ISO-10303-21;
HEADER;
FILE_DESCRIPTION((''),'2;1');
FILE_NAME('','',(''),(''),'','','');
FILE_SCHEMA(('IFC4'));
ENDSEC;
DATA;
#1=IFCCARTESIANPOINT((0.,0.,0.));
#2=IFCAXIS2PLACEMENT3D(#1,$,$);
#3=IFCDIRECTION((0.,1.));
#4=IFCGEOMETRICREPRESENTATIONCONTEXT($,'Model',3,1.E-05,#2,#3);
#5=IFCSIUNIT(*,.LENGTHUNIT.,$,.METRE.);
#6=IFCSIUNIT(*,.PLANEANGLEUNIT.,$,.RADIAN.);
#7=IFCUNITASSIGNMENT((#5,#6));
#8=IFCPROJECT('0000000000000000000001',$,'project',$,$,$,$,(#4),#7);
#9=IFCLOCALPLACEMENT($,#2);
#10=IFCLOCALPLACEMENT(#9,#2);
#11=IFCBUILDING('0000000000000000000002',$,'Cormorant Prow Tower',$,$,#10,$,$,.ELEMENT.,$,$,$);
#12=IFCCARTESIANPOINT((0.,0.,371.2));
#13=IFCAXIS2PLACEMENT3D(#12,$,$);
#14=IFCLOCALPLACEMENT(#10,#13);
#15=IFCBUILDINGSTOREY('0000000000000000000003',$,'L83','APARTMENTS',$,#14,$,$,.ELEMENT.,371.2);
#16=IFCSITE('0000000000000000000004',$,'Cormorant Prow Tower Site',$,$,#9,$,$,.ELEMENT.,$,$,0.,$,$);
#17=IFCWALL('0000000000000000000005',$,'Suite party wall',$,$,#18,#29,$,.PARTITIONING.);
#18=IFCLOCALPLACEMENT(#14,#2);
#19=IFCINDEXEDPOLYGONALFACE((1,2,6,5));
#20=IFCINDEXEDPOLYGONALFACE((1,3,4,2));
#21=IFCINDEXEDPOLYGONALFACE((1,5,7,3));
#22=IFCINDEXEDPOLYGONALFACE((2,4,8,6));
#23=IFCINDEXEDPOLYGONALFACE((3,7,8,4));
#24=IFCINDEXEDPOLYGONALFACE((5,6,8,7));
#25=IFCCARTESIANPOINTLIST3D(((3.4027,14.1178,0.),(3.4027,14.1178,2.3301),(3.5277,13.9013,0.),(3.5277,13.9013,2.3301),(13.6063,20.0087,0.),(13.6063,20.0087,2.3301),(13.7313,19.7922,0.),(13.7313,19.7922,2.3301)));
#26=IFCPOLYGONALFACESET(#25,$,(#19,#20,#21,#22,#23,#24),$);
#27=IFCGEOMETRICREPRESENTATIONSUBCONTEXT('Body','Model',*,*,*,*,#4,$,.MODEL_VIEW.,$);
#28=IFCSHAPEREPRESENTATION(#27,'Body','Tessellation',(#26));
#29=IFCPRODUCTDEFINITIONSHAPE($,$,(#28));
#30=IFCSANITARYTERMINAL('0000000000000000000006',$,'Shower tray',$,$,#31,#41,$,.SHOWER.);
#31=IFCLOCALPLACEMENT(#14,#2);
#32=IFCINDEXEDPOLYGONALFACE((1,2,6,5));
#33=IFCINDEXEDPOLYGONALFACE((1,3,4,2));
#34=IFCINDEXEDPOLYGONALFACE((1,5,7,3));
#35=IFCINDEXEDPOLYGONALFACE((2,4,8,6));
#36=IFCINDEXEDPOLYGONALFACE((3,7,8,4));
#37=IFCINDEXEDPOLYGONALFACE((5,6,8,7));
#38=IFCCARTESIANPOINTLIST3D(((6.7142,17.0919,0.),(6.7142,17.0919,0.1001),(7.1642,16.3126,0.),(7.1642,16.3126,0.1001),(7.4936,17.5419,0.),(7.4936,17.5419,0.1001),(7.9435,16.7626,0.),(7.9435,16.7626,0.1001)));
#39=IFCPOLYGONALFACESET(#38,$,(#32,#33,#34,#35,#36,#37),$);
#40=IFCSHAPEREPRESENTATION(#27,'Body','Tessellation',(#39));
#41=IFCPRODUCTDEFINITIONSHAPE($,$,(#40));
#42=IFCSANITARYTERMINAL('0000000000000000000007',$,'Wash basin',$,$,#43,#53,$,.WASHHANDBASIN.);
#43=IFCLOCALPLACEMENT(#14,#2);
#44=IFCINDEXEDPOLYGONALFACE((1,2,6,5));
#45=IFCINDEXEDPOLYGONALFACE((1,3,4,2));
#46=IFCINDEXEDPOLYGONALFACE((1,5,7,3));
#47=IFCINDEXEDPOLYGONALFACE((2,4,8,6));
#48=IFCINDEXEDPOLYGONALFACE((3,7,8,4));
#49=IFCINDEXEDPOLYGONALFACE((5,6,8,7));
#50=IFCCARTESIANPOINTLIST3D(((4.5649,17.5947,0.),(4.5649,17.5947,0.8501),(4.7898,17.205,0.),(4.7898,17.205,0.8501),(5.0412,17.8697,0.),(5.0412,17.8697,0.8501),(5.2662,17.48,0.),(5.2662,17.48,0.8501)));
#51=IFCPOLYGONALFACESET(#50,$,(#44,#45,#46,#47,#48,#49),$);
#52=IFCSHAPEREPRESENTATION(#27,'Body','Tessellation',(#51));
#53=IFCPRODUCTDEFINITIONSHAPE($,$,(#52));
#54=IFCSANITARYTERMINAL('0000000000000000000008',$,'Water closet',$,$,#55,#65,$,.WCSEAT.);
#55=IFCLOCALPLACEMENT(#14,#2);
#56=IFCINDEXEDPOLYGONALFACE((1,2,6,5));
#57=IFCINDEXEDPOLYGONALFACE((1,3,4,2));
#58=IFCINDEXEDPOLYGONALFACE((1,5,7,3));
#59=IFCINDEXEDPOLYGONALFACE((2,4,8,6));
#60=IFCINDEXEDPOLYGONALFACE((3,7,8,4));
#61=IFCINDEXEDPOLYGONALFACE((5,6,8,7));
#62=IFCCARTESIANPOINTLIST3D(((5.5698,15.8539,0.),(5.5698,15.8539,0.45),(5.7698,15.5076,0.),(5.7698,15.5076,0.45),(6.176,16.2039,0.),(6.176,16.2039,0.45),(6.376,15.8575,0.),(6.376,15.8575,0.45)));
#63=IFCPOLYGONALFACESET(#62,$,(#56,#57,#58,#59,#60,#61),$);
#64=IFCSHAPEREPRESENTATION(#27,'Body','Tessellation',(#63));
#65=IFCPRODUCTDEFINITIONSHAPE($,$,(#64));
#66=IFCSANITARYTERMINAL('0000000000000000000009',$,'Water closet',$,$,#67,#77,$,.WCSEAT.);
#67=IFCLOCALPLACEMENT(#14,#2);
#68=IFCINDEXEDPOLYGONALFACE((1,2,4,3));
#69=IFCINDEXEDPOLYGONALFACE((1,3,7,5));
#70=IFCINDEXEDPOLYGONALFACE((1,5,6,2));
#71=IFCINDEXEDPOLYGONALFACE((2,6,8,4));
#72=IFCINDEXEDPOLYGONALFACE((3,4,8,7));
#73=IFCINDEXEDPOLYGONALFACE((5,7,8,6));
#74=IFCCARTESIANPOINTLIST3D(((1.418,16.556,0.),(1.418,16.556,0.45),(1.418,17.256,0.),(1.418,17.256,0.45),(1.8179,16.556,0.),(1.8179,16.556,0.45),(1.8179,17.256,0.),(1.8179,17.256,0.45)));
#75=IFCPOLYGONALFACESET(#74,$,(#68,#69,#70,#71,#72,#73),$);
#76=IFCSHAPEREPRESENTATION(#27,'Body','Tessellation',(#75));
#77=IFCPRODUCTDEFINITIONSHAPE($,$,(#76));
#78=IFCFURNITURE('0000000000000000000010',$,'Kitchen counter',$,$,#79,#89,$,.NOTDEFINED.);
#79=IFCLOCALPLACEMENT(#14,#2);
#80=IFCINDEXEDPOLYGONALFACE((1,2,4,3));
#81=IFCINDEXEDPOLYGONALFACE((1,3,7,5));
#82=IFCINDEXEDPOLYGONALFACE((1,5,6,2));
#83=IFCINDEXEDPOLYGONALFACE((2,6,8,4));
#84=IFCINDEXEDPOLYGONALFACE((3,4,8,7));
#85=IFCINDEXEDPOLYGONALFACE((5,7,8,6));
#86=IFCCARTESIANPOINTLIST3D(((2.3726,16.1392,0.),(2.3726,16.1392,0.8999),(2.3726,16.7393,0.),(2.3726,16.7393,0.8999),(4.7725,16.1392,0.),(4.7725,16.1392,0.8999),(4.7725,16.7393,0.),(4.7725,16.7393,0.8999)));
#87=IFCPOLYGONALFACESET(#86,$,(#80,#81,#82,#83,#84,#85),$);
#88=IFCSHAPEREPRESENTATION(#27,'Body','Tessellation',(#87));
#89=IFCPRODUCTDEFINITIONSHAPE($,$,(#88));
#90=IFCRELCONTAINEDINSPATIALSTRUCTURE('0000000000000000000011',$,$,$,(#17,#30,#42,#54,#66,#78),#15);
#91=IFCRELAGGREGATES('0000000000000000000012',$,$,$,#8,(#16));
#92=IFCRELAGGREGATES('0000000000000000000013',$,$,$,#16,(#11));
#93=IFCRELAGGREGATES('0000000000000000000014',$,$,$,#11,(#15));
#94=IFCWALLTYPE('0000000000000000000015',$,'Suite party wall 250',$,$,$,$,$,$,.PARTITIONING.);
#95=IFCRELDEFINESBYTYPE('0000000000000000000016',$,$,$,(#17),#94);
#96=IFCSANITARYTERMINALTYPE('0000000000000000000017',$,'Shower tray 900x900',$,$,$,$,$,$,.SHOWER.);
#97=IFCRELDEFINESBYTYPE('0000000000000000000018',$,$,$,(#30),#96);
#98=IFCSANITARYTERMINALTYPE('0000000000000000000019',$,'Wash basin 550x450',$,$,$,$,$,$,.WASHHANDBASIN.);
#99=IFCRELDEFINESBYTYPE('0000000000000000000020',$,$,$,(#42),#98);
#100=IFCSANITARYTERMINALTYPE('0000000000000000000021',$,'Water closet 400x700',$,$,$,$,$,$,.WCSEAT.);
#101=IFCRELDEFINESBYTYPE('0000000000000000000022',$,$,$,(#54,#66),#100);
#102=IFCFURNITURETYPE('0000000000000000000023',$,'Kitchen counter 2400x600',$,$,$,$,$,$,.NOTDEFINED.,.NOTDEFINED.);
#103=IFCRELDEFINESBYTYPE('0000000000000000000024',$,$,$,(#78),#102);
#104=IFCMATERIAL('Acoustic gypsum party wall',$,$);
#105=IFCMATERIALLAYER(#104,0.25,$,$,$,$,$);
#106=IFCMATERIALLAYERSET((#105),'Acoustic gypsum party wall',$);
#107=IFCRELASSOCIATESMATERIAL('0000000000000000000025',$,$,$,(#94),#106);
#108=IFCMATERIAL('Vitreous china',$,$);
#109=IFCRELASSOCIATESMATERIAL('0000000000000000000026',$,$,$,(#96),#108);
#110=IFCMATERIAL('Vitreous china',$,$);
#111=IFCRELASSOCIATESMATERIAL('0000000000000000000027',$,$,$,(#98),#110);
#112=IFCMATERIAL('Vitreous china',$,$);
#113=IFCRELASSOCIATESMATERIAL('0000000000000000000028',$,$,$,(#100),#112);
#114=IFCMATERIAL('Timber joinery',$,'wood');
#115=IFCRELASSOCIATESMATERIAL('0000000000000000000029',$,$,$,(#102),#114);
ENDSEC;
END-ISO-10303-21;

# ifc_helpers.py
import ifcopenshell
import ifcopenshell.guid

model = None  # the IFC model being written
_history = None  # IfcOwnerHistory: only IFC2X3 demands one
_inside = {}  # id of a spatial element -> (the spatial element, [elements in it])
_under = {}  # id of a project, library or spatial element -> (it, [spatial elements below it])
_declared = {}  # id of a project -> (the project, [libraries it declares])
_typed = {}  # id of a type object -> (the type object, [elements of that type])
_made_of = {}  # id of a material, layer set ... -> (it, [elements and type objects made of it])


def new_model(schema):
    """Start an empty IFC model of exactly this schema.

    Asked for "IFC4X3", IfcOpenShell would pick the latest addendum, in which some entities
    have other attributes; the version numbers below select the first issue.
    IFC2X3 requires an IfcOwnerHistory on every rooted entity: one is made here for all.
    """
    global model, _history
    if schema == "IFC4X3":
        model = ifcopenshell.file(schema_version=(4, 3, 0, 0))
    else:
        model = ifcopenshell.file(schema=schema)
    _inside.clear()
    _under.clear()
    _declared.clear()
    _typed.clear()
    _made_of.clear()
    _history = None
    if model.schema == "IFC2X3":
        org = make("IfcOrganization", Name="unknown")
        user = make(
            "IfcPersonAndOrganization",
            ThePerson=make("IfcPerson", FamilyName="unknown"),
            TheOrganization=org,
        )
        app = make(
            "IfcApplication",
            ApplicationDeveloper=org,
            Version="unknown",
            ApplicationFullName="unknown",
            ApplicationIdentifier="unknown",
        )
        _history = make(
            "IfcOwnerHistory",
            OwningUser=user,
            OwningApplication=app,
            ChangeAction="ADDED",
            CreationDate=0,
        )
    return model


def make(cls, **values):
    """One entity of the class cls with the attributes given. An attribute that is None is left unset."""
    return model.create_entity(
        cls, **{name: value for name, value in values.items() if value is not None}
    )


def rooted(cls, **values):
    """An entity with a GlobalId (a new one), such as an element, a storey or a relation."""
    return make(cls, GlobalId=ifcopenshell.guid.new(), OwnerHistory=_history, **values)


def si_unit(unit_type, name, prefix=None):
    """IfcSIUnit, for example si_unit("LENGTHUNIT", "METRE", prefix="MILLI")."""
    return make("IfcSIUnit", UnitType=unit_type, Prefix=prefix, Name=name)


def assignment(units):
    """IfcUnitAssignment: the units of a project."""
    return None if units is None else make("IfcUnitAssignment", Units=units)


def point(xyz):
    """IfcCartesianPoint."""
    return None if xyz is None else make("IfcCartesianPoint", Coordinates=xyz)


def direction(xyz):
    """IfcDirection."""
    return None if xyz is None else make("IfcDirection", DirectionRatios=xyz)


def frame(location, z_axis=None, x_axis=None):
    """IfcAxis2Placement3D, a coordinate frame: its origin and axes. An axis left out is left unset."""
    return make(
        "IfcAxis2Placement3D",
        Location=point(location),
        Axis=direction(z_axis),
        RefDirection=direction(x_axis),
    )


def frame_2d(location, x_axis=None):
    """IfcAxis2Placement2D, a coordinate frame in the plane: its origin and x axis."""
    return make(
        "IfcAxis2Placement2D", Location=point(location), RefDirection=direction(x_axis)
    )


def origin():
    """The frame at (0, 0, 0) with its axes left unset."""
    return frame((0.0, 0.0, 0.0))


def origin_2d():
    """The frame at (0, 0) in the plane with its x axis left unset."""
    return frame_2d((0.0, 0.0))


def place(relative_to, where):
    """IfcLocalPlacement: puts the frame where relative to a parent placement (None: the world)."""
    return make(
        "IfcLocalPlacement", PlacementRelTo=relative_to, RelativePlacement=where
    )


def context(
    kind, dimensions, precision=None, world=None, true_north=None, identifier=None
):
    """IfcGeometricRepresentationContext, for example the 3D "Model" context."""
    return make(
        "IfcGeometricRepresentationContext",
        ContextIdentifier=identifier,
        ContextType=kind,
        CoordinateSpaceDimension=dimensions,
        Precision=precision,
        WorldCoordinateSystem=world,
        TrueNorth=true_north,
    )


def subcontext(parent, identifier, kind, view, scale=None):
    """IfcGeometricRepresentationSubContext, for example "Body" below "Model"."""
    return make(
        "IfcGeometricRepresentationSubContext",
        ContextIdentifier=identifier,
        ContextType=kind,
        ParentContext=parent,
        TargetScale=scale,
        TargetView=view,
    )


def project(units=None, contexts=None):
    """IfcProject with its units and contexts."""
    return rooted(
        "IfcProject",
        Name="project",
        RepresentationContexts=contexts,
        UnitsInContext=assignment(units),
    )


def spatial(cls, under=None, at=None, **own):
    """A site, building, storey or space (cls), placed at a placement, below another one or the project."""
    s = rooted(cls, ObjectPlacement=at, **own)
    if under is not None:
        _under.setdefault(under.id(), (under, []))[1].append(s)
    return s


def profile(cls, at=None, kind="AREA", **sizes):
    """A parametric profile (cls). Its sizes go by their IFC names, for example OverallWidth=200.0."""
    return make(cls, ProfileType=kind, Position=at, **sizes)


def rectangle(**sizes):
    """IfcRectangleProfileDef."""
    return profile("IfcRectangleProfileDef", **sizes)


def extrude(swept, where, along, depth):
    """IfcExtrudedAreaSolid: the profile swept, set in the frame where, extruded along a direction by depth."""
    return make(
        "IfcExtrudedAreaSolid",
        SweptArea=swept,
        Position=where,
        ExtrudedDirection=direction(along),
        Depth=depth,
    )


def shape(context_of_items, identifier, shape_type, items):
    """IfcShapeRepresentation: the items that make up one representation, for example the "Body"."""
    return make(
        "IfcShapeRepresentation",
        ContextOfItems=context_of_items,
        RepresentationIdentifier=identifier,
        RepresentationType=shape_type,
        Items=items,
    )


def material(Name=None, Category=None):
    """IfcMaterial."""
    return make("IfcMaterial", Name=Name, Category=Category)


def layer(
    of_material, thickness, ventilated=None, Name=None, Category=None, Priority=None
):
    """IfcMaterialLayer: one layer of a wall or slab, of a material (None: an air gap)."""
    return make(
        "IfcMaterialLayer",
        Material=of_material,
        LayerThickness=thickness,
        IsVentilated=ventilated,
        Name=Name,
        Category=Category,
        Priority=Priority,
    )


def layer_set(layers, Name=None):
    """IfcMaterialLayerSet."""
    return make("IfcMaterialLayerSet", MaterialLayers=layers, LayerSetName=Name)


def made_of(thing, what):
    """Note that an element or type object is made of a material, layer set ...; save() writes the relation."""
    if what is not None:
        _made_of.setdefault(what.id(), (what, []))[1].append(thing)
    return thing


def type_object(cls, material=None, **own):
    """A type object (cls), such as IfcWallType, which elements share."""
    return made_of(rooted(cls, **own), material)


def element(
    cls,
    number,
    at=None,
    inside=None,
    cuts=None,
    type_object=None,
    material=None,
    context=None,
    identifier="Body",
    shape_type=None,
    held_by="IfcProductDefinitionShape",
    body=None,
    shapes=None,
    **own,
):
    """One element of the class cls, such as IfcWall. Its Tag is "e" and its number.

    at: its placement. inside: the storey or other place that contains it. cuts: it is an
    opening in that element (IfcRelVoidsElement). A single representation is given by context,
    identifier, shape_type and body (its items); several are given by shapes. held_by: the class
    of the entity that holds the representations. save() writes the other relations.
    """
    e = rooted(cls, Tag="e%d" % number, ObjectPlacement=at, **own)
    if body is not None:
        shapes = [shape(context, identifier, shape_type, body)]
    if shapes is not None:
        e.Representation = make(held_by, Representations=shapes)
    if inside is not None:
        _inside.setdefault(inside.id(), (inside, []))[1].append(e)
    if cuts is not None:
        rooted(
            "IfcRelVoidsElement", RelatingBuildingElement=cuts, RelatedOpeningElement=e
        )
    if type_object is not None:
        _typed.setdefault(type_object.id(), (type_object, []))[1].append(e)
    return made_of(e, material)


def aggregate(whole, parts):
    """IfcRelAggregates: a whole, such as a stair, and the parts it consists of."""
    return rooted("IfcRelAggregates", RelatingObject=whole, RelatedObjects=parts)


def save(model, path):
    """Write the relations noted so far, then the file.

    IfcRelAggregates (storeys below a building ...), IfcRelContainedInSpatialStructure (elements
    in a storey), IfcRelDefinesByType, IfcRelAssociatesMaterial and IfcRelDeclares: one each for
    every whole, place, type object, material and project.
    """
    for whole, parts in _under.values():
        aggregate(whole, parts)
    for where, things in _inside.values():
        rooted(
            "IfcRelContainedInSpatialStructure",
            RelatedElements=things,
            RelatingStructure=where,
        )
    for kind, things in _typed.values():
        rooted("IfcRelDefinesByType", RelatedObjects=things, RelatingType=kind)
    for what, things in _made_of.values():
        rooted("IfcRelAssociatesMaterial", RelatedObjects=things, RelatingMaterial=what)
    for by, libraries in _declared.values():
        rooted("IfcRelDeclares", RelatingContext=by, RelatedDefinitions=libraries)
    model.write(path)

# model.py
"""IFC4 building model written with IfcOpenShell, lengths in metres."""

from ifc_helpers import new_model, si_unit, direction, frame, frame_2d, origin, origin_2d, place, context, subcontext, project, spatial, rectangle, extrude, material, layer, layer_set, type_object, element, save


model = new_model("IFC4")

# Units and contexts
model_context = context("Model", 3, precision=1e-05, world=origin(), true_north=direction((0.0, 1.0)))
body_context = subcontext(model_context, "Body", "Model", "MODEL_VIEW")
ifc_project = project(units=[si_unit("LENGTHUNIT", "METRE"), si_unit("PLANEANGLEUNIT", "RADIAN")], contexts=[model_context])

# Site, building, storey
site_placement = place(None, origin())
site = spatial("IfcSite", under=ifc_project, at=site_placement, Name="Cormorant Prow Tower Site", CompositionType="ELEMENT", RefElevation=0.0)
building_placement = place(site_placement, origin())
building = spatial("IfcBuilding", under=site, at=building_placement, Name="Cormorant Prow Tower", CompositionType="ELEMENT")
storey_placement = place(building_placement, frame((0.0, 0.0, 371.2)))
storey = spatial("IfcBuildingStorey", under=building, at=storey_placement, Name="L83", Description="APARTMENTS", CompositionType="ELEMENT", Elevation=371.2)

# Wall
ifc_material_1 = material(Name="Acoustic gypsum party wall")
ifc_layer_1 = layer(ifc_material_1, 0.25)
ifc_layer_set_1 = layer_set([ifc_layer_1], Name="Acoustic gypsum party wall")
wall_type_1 = type_object("IfcWallType", Name="Suite party wall 250", PredefinedType="PARTITIONING", material=ifc_layer_set_1)
wall_1_placement = place(storey_placement, frame((3.4651, 14.0095, 0.0), z_axis=(0.0, 0.0, 1.0), x_axis=(0.866032, 0.499988, 0.0)))
element("IfcWall", 1, at=wall_1_placement, inside=storey, type_object=wall_type_1, Name="Suite party wall", PredefinedType="PARTITIONING", context=body_context, shape_type="SweptSolid", body=[
    extrude(rectangle(XDim=11.782, YDim=0.25, at=frame_2d((5.8911, 0.0))), origin(), (0.0, 0.0, 1.0), 2.3301),
])

# Sanitary terminals
ifc_material_2 = material(Name="Vitreous china")
sanitary_terminal_type_1 = type_object("IfcSanitaryTerminalType", Name="Shower tray 900x900", PredefinedType="SHOWER", material=ifc_material_2)
sanitary_terminal_1_placement = place(storey_placement, frame((7.3289, 16.9272, 0.0), z_axis=(0.0, 0.0, 1.0), x_axis=(-0.866025, -0.5, 0.0)))
element("IfcSanitaryTerminal", 2, at=sanitary_terminal_1_placement, inside=storey, type_object=sanitary_terminal_type_1, Name="Shower tray", PredefinedType="SHOWER", context=body_context, shape_type="SweptSolid", body=[
    extrude(rectangle(XDim=0.8999, YDim=0.8999, at=origin_2d()), origin(), (0.0, 0.0, 1.0), 0.1001),
])
ifc_material_3 = material(Name="Vitreous china")
sanitary_terminal_type_2 = type_object("IfcSanitaryTerminalType", Name="Wash basin 550x450", PredefinedType="WASHHANDBASIN", material=ifc_material_3)
sanitary_terminal_2_placement = place(storey_placement, frame((4.9155, 17.5374, 0.0), z_axis=(0.0, 0.0, 1.0), x_axis=(0.866025, 0.5, 0.0)))
element("IfcSanitaryTerminal", 3, at=sanitary_terminal_2_placement, inside=storey, type_object=sanitary_terminal_type_2, Name="Wash basin", PredefinedType="WASHHANDBASIN", context=body_context, shape_type="SweptSolid", body=[
    extrude(rectangle(XDim=0.55, YDim=0.45, at=origin_2d()), origin(), (0.0, 0.0, 1.0), 0.8501),
])
ifc_material_4 = material(Name="Vitreous china")
sanitary_terminal_type_3 = type_object("IfcSanitaryTerminalType", Name="Water closet 400x700", PredefinedType="WCSEAT", material=ifc_material_4)
for number, where, z_axis, x_axis, name in (
    (4, (5.9729, 15.8557, 0.0), (0.0, 0.0, 1.0), (-0.5, 0.866025, 0.0), "Water closet"),
    (5, (1.6179, 16.906, 0.0), (0.0, 0.0, 1.0), (-1.0, 0.0, 0.0), "Water closet"),
):
    element("IfcSanitaryTerminal", number, at=place(storey_placement, frame(where, z_axis=z_axis, x_axis=x_axis)), inside=storey, type_object=sanitary_terminal_type_3, Name=name, PredefinedType="WCSEAT", context=body_context, shape_type="SweptSolid", body=[
        extrude(rectangle(XDim=0.3999, YDim=0.7, at=origin_2d()), origin(), (0.0, 0.0, 1.0), 0.45),
    ])

# Furniture
ifc_material_5 = material(Name="Timber joinery", Category="wood")
furniture_type = type_object("IfcFurnitureType", Name="Kitchen counter 2400x600", AssemblyPlace="NOTDEFINED", PredefinedType="NOTDEFINED", material=ifc_material_5)
furniture_placement = place(storey_placement, frame((3.5725, 16.4392, 0.0), z_axis=(0.0, 0.0, 1.0), x_axis=(1.0, 0.0, 0.0)))
element("IfcFurniture", 6, at=furniture_placement, inside=storey, type_object=furniture_type, Name="Kitchen counter", PredefinedType="NOTDEFINED", context=body_context, shape_type="SweptSolid", body=[
    extrude(rectangle(XDim=2.3999, YDim=0.6001, at=origin_2d()), origin(), (0.0, 0.0, 1.0), 0.8999),
])

save(model, "model.ifc")
